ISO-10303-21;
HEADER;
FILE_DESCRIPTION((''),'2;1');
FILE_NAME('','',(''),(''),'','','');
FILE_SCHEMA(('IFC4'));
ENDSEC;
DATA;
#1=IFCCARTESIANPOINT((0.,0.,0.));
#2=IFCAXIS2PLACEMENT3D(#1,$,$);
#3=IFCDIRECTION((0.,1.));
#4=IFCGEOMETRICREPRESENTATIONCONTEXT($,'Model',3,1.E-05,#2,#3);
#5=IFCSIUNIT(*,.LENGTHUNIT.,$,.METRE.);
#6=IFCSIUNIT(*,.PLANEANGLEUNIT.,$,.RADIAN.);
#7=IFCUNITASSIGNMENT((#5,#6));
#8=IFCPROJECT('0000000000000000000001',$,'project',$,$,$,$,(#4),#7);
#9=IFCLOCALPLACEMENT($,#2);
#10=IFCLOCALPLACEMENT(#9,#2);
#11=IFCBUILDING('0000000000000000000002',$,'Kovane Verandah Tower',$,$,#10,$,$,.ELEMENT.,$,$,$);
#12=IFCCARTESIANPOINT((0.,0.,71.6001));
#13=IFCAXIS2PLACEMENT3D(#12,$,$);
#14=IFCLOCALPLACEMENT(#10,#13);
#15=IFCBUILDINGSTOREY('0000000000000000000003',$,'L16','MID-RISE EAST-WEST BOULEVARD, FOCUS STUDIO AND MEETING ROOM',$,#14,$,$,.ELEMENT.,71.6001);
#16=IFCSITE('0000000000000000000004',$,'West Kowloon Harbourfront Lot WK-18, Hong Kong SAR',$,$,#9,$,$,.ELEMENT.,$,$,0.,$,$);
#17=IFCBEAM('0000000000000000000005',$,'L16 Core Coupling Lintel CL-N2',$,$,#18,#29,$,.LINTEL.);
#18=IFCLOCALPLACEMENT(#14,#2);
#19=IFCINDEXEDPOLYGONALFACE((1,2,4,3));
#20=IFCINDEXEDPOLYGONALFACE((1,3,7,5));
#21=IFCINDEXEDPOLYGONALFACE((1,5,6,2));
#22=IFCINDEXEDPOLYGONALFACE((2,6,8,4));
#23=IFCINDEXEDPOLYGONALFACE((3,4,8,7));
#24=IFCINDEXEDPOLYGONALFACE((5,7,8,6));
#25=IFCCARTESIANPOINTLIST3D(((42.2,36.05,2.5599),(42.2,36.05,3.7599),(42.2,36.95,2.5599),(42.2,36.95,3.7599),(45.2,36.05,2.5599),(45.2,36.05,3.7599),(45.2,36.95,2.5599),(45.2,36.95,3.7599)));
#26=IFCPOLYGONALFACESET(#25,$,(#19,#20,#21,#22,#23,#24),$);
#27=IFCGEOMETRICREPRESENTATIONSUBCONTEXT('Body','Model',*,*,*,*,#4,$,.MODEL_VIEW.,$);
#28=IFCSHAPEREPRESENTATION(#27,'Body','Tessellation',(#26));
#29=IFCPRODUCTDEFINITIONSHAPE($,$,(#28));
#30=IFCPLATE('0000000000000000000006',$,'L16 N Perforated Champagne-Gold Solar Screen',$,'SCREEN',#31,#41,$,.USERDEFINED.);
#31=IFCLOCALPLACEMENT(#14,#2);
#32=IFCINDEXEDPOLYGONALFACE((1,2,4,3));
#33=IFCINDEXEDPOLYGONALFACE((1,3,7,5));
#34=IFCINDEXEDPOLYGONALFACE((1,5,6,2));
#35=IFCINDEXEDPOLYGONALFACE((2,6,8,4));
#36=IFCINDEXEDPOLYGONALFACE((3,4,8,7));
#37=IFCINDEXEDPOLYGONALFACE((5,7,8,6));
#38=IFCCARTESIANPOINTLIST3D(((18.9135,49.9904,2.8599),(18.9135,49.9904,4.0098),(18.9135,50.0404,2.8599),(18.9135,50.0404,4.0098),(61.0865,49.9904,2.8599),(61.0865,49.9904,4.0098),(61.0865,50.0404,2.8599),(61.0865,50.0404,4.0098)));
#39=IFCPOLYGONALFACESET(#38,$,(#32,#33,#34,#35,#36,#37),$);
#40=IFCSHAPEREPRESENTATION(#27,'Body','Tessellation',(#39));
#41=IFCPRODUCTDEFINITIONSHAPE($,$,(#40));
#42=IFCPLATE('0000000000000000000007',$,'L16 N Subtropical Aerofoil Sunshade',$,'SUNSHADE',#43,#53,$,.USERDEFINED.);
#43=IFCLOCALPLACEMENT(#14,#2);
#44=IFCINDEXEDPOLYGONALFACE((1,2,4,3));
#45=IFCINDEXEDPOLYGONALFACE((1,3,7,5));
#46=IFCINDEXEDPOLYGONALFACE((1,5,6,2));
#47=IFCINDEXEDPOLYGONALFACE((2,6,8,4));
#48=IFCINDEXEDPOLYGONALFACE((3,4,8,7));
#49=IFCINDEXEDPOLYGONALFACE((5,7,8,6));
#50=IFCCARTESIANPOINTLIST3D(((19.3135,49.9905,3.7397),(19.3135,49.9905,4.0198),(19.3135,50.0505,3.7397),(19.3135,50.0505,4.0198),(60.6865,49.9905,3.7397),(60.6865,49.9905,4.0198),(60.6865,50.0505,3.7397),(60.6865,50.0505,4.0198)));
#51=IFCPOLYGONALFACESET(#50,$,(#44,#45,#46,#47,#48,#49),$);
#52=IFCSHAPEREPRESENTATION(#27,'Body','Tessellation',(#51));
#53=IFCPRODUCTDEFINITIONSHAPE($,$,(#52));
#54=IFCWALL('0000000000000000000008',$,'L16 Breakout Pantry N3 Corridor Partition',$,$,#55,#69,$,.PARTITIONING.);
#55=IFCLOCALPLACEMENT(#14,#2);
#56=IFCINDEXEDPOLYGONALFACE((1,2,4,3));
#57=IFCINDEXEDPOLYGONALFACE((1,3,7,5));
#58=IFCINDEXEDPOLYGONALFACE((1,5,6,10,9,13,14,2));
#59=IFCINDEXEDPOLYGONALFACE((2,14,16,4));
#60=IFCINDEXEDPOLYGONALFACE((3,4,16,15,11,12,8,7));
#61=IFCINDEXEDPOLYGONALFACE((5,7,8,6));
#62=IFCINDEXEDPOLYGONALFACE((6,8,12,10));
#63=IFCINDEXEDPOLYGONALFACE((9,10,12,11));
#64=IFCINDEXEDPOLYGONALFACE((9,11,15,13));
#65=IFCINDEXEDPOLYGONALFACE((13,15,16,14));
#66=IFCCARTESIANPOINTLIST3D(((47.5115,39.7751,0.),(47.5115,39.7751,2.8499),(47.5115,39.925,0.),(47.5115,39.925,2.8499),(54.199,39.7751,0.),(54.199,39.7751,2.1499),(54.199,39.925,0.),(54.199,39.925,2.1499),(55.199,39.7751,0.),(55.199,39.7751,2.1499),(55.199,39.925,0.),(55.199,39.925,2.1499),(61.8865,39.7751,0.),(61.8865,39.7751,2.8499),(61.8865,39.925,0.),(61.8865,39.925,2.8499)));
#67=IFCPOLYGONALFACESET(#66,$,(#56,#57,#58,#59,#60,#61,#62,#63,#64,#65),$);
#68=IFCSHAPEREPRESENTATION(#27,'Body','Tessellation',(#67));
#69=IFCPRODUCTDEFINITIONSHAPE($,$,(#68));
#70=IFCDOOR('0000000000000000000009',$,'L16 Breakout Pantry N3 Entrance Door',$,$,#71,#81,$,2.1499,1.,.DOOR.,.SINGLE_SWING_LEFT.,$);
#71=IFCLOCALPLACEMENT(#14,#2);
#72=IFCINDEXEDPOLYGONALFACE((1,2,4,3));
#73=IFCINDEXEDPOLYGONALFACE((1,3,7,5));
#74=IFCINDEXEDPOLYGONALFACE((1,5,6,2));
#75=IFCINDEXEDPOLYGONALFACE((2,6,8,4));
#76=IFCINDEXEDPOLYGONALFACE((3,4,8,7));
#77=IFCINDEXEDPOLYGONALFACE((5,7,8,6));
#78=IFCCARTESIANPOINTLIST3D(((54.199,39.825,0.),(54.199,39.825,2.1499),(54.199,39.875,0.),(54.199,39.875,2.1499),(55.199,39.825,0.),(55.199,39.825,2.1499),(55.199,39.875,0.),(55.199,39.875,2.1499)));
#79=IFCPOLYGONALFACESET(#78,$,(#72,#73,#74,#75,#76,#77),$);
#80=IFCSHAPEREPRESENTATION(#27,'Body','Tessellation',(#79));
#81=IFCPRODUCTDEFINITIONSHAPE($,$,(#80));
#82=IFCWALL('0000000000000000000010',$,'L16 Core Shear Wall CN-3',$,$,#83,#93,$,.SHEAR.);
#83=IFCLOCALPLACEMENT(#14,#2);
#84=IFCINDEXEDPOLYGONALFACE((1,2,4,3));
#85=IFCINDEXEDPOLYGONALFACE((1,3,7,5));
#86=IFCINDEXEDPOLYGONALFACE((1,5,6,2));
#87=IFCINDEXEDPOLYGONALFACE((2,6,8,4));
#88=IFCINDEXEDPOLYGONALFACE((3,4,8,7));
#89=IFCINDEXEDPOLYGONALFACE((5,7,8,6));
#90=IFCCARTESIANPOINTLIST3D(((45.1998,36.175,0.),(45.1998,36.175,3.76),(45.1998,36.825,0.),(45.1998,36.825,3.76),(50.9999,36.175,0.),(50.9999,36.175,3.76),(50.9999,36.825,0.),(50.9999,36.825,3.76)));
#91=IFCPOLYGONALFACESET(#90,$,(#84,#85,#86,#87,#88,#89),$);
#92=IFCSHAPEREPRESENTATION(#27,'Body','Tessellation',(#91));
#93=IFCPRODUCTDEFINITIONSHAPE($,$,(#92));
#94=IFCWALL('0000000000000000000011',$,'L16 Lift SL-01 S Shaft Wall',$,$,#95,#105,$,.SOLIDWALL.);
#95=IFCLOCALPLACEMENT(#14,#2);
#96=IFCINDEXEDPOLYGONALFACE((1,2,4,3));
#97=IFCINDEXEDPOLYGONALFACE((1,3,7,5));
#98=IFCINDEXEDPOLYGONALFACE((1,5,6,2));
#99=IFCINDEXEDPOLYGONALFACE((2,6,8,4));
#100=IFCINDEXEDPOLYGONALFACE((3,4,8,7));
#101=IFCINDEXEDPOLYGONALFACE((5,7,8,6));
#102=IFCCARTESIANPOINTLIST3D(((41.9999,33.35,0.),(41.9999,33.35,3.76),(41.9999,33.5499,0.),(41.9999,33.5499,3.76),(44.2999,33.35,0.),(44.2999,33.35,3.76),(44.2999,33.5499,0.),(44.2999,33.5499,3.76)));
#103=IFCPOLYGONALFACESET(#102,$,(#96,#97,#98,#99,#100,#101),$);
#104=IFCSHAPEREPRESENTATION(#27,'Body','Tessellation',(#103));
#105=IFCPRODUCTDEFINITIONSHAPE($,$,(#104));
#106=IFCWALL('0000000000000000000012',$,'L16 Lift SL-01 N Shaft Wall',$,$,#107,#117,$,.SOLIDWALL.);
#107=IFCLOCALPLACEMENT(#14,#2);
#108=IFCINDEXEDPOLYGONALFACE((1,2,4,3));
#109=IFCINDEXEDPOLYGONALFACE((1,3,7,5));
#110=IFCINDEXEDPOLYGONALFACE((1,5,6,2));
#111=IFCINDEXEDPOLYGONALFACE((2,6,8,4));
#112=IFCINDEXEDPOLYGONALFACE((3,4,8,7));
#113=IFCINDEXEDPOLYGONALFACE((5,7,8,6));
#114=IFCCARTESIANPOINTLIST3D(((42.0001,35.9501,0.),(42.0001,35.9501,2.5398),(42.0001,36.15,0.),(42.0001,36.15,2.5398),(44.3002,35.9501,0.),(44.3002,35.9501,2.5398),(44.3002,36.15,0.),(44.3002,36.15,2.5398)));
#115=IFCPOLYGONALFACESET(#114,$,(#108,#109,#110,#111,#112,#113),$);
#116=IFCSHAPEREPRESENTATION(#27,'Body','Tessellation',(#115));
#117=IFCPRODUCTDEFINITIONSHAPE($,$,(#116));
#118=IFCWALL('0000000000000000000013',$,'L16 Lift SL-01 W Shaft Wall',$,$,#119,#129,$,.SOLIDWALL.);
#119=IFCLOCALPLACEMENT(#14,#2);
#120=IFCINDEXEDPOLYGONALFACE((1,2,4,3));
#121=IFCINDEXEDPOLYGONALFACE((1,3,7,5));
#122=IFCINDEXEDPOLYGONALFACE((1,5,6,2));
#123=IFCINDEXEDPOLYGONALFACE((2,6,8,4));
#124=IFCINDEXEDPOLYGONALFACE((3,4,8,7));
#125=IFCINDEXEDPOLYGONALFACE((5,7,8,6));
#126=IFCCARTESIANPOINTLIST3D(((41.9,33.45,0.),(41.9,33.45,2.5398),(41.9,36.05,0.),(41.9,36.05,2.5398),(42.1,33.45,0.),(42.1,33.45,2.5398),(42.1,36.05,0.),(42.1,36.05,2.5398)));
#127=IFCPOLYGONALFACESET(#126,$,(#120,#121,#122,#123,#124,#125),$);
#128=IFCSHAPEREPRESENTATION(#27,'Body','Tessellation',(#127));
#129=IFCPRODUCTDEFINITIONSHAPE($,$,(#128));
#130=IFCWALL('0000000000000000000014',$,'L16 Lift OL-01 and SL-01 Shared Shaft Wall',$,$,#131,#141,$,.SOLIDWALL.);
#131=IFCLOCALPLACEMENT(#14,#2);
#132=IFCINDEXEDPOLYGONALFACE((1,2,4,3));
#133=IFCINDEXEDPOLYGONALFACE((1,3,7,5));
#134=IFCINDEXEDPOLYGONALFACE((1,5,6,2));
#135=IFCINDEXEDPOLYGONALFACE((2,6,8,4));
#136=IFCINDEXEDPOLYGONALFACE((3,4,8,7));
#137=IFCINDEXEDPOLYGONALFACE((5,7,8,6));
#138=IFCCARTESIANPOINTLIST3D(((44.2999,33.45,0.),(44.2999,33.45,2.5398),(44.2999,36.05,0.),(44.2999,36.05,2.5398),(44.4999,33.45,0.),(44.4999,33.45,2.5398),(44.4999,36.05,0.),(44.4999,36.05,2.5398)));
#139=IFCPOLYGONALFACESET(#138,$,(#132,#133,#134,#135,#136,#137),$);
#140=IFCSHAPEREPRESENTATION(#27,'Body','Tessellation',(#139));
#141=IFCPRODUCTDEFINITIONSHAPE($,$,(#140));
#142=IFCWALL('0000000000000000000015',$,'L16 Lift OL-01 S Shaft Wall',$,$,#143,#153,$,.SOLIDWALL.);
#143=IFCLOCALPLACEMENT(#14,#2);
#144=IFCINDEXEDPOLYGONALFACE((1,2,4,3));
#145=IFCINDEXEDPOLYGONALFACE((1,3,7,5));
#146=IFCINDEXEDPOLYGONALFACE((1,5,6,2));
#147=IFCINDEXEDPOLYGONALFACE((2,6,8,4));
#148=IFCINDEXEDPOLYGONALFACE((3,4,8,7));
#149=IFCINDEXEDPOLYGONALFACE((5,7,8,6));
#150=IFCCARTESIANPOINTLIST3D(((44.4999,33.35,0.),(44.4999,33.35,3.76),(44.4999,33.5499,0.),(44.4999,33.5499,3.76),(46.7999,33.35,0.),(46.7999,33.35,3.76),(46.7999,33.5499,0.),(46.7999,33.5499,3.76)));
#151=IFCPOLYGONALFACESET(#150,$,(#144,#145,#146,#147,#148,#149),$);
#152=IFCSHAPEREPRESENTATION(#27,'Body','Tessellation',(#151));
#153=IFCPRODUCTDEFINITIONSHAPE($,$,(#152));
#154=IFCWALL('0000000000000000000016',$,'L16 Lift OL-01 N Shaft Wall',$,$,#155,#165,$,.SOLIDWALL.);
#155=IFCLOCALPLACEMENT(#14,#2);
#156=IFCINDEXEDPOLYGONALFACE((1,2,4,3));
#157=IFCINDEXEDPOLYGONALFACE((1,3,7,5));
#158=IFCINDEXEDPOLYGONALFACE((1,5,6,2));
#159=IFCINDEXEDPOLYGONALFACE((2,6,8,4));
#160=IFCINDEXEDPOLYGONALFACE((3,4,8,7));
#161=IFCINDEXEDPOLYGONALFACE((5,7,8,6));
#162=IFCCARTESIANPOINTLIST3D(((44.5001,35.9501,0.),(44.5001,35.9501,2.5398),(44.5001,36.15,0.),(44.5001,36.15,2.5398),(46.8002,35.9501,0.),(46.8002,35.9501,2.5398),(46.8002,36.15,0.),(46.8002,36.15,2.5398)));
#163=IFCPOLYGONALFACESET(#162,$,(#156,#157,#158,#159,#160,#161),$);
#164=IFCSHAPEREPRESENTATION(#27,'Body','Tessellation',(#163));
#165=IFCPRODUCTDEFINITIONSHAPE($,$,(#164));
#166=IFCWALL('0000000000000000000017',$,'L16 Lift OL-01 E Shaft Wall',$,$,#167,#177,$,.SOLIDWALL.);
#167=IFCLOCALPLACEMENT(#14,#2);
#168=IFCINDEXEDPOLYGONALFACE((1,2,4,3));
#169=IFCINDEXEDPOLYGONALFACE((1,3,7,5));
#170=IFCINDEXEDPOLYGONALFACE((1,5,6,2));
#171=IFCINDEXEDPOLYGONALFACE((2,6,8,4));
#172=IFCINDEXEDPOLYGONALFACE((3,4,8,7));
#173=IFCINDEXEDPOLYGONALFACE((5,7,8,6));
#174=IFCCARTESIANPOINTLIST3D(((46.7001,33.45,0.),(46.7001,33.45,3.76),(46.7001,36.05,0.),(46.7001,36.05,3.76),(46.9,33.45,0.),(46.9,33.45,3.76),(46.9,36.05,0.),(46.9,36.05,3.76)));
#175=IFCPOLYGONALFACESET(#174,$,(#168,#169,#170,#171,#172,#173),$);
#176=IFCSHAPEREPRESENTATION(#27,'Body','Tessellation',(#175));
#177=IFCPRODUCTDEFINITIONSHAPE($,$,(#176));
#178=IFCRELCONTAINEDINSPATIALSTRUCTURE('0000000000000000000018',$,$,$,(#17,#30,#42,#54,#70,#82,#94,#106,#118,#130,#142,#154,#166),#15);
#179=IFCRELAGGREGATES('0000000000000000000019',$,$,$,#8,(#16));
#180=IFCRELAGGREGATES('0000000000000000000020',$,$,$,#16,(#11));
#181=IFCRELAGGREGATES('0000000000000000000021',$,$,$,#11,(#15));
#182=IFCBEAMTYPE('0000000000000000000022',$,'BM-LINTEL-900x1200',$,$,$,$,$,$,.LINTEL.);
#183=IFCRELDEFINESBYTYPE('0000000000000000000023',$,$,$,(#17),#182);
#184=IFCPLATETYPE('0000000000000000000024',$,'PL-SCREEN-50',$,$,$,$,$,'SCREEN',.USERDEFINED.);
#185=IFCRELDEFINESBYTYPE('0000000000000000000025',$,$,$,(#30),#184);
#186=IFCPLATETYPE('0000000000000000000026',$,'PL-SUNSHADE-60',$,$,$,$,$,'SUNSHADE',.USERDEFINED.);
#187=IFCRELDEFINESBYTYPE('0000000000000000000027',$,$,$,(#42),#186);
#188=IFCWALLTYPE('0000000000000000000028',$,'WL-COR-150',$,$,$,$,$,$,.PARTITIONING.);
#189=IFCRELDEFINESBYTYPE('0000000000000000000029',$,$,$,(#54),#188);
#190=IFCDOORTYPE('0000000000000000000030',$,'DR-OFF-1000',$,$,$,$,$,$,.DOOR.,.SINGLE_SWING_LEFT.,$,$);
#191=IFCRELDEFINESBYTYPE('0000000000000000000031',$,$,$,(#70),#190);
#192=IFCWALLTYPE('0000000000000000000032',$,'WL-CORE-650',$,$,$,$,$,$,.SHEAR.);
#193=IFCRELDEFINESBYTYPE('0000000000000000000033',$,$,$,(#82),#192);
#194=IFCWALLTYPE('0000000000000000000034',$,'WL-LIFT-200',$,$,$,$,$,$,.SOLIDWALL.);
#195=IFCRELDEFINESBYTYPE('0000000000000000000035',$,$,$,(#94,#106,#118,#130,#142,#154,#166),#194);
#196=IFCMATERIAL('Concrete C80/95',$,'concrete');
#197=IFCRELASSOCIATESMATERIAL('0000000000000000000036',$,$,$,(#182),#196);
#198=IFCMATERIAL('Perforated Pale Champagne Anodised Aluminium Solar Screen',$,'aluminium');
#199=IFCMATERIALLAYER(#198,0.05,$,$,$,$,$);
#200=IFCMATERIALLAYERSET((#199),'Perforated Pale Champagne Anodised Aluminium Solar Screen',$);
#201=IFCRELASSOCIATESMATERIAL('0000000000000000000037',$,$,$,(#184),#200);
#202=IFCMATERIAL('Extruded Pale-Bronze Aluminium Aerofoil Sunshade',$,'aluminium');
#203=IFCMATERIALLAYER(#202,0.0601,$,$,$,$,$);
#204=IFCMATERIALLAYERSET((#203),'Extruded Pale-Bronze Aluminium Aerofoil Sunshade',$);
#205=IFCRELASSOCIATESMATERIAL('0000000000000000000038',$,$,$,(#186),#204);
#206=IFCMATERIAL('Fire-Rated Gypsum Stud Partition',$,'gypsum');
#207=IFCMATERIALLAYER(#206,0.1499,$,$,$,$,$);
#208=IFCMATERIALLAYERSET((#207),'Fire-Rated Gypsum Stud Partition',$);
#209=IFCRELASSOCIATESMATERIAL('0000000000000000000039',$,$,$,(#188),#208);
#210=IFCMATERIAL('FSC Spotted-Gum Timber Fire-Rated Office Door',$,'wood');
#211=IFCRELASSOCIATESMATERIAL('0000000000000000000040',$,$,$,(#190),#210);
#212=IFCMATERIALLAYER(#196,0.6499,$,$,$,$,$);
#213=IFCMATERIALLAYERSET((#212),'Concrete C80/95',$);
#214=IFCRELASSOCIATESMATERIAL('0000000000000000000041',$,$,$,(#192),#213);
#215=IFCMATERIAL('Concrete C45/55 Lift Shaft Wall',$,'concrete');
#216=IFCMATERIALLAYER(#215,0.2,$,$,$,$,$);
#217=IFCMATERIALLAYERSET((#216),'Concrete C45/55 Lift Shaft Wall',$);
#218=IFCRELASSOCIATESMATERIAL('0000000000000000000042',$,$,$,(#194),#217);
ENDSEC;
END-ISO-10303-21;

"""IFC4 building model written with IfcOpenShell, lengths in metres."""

from ifc_helpers import new_model, si_unit, direction, frame, frame_2d, origin, origin_2d, place, context, subcontext, project, spatial, rectangle, extrude, material, layer, layer_set, material_profile, profile_set, type_object, element, fill, save


model = new_model("IFC4")

# Units and contexts
model_context = context("Model", 3, precision=1e-05, world=origin(), true_north=direction((0.0, 1.0)))
body_context = subcontext(model_context, "Body", "Model", "MODEL_VIEW")
ifc_project = project(units=[si_unit("LENGTHUNIT", "METRE"), si_unit("PLANEANGLEUNIT", "RADIAN")], contexts=[model_context])

# Site, building, storey
site_placement = place(None, origin())
site = spatial("IfcSite", under=ifc_project, at=site_placement, Name="West Kowloon Harbourfront Lot WK-18, Hong Kong SAR", CompositionType="ELEMENT", RefElevation=0.0)
building_placement = place(site_placement, origin())
building = spatial("IfcBuilding", under=site, at=building_placement, Name="Kovane Verandah Tower", CompositionType="ELEMENT")
storey_placement = place(building_placement, frame((0.0, 0.0, 71.6001)))
storey = spatial("IfcBuildingStorey", under=building, at=storey_placement, Name="L16", Description="MID-RISE EAST-WEST BOULEVARD, FOCUS STUDIO AND MEETING ROOM", CompositionType="ELEMENT", Elevation=71.6001)

# Beam
ifc_material_1 = material(Name="Concrete C80/95", Category="concrete")
ifc_material_profile = material_profile(ifc_material_1, rectangle(XDim=0.8999, YDim=1.2, at=origin_2d()), Name="RCB900x1200")
ifc_profile_set = profile_set([ifc_material_profile], Name="Concrete C80/95")
beam_type = type_object("IfcBeamType", Name="BM-LINTEL-900x1200", PredefinedType="LINTEL", material=ifc_profile_set)
beam_placement = place(storey_placement, frame((42.2, 36.5, 3.1599), z_axis=(1.0, 0.0, 0.0), x_axis=(0.0, 1.0, 0.0)))
element("IfcBeam", 1, at=beam_placement, inside=storey, type_object=beam_type, Name="L16 Core Coupling Lintel CL-N2", PredefinedType="LINTEL", context=body_context, shape_type="SweptSolid", body=[
    extrude(rectangle(XDim=0.8999, YDim=1.2, at=origin_2d()), origin(), (0.0, 0.0, 1.0), 3.0),
])

# Plates
ifc_material_2 = material(Name="Perforated Pale Champagne Anodised Aluminium Solar Screen", Category="aluminium")
ifc_layer_1 = layer(ifc_material_2, 0.05)
ifc_layer_set_1 = layer_set([ifc_layer_1], Name="Perforated Pale Champagne Anodised Aluminium Solar Screen")
plate_type_1 = type_object("IfcPlateType", Name="PL-SCREEN-50", ElementType="SCREEN", PredefinedType="USERDEFINED", material=ifc_layer_set_1)
plate_1_placement = place(storey_placement, frame((40.0, 50.0154, 2.8599), z_axis=(0.0, 0.0, 1.0), x_axis=(-1.0, 0.0, 0.0)))
element("IfcPlate", 2, at=plate_1_placement, inside=storey, type_object=plate_type_1, Name="L16 N Perforated Champagne-Gold Solar Screen", ObjectType="SCREEN", PredefinedType="USERDEFINED", context=body_context, shape_type="SweptSolid", body=[
    extrude(rectangle(XDim=42.1731, YDim=0.05, at=origin_2d()), origin(), (0.0, 0.0, 1.0), 1.1499),
])
ifc_material_3 = material(Name="Extruded Pale-Bronze Aluminium Aerofoil Sunshade", Category="aluminium")
ifc_layer_2 = layer(ifc_material_3, 0.0601)
ifc_layer_set_2 = layer_set([ifc_layer_2], Name="Extruded Pale-Bronze Aluminium Aerofoil Sunshade")
plate_type_2 = type_object("IfcPlateType", Name="PL-SUNSHADE-60", ElementType="SUNSHADE", PredefinedType="USERDEFINED", material=ifc_layer_set_2)
plate_2_placement = place(storey_placement, frame((40.0, 50.0205, 3.7397), z_axis=(0.0, 0.0, 1.0), x_axis=(-1.0, 0.0, 0.0)))
element("IfcPlate", 3, at=plate_2_placement, inside=storey, type_object=plate_type_2, Name="L16 N Subtropical Aerofoil Sunshade", ObjectType="SUNSHADE", PredefinedType="USERDEFINED", context=body_context, shape_type="SweptSolid", body=[
    extrude(rectangle(XDim=41.373, YDim=0.0601, at=origin_2d()), origin(), (0.0, 0.0, 1.0), 0.28),
])

# Wall, opening, door
ifc_material_4 = material(Name="Fire-Rated Gypsum Stud Partition", Category="gypsum")
ifc_layer_3 = layer(ifc_material_4, 0.1499)
ifc_layer_set_3 = layer_set([ifc_layer_3], Name="Fire-Rated Gypsum Stud Partition")
wall_type_1 = type_object("IfcWallType", Name="WL-COR-150", PredefinedType="PARTITIONING", material=ifc_layer_set_3)
wall_1_placement = place(storey_placement, frame((47.5115, 39.8501, 0.0), z_axis=(0.0, 0.0, 1.0), x_axis=(1.0, 0.0, 0.0)))
wall_1 = element("IfcWall", 4, at=wall_1_placement, inside=storey, type_object=wall_type_1, Name="L16 Breakout Pantry N3 Corridor Partition", PredefinedType="PARTITIONING", context=body_context, shape_type="SweptSolid", body=[
    extrude(rectangle(XDim=14.375, YDim=0.1499, at=frame_2d((7.1875, 0.0))), origin(), (0.0, 0.0, 1.0), 2.8499),
])
opening_1_placement = place(wall_1_placement, frame((6.6875, 0.0, 0.0)))
opening_1 = element("IfcOpeningElement", 5, at=opening_1_placement, cuts=wall_1, PredefinedType="OPENING", context=body_context, shape_type="SweptSolid", body=[
    extrude(rectangle(XDim=1.0, YDim=2.1499, at=frame_2d((0.5, 1.075))), frame((0.0, 0.075, 0.0), z_axis=(0.0, -1.0, 0.0), x_axis=(1.0, 0.0, 0.0)), (0.0, 0.0, 1.0), 0.1499),
])
ifc_material_5 = material(Name="FSC Spotted-Gum Timber Fire-Rated Office Door", Category="wood")
door_type_1 = type_object("IfcDoorType", Name="DR-OFF-1000", OperationType="SINGLE_SWING_LEFT", PredefinedType="DOOR", material=ifc_material_5)
door_1_placement = place(opening_1_placement, origin())
door_1 = element("IfcDoor", 6, at=door_1_placement, inside=storey, type_object=door_type_1, Name="L16 Breakout Pantry N3 Entrance Door", OperationType="SINGLE_SWING_LEFT", OverallHeight=2.1499, OverallWidth=1.0, PredefinedType="DOOR", context=body_context, shape_type="SweptSolid", body=[
    extrude(rectangle(XDim=1.0, YDim=2.1499, at=frame_2d((0.5, 1.075))), frame((0.0, 0.0249, 0.0), z_axis=(0.0, -1.0, 0.0), x_axis=(1.0, 0.0, 0.0)), (0.0, 0.0, 1.0), 0.05),
])
fill(opening_1, door_1)
ifc_layer_4 = layer(ifc_material_1, 0.6499)
ifc_layer_set_4 = layer_set([ifc_layer_4], Name="Concrete C80/95")
wall_type_2 = type_object("IfcWallType", Name="WL-CORE-650", PredefinedType="SHEAR", material=ifc_layer_set_4)

# Walls
wall_2_placement = place(storey_placement, frame((45.2, 36.5, 0.0), z_axis=(0.0, 0.0, 1.0), x_axis=(1.0, 0.0, 0.0)))
element("IfcWall", 7, at=wall_2_placement, inside=storey, type_object=wall_type_2, Name="L16 Core Shear Wall CN-3", PredefinedType="SHEAR", context=body_context, shape_type="SweptSolid", body=[
    extrude(rectangle(XDim=5.8, YDim=0.6499, at=frame_2d((2.8999, 0.0))), origin(), (0.0, 0.0, 1.0), 3.76),
])
ifc_material_6 = material(Name="Concrete C45/55 Lift Shaft Wall", Category="concrete")
ifc_layer_5 = layer(ifc_material_6, 0.2)
ifc_layer_set_5 = layer_set([ifc_layer_5], Name="Concrete C45/55 Lift Shaft Wall")
wall_type_3 = type_object("IfcWallType", Name="WL-LIFT-200", PredefinedType="SOLIDWALL", material=ifc_layer_set_5)
wall_3_placement = place(storey_placement, frame((42.0, 33.45, 0.0), z_axis=(0.0, 0.0, 1.0), x_axis=(1.0, 0.0, 0.0)))
element("IfcWall", 8, at=wall_3_placement, inside=storey, type_object=wall_type_3, Name="L16 Lift SL-01 S Shaft Wall", PredefinedType="SOLIDWALL", context=body_context, shape_type="SweptSolid", body=[
    extrude(rectangle(XDim=2.3, YDim=0.2, at=frame_2d((1.1499, 0.0))), origin(), (0.0, 0.0, 1.0), 3.76),
])
wall_4_placement = place(storey_placement, frame((44.3, 36.05, 0.0), z_axis=(0.0, 0.0, 1.0), x_axis=(-1.0, 0.0, 0.0)))
element("IfcWall", 9, at=wall_4_placement, inside=storey, type_object=wall_type_3, Name="L16 Lift SL-01 N Shaft Wall", PredefinedType="SOLIDWALL", context=body_context, shape_type="SweptSolid", body=[
    extrude(rectangle(XDim=2.3, YDim=0.2, at=frame_2d((1.1499, 0.0))), origin(), (0.0, 0.0, 1.0), 2.5398),
])
for number, where, z_axis, x_axis, name in (
    (10, (42.0, 36.05, 0.0), (0.0, 0.0, 1.0), (0.0, -1.0, 0.0), "L16 Lift SL-01 W Shaft Wall"),
    (11, (44.3999, 33.45, 0.0), (0.0, 0.0, 1.0), (0.0, 1.0, 0.0), "L16 Lift OL-01 and SL-01 Shared Shaft Wall"),
):
    element("IfcWall", number, at=place(storey_placement, frame(where, z_axis=z_axis, x_axis=x_axis)), inside=storey, type_object=wall_type_3, Name=name, PredefinedType="SOLIDWALL", context=body_context, shape_type="SweptSolid", body=[
        extrude(rectangle(XDim=2.6001, YDim=0.2, at=frame_2d((1.3, 0.0))), origin(), (0.0, 0.0, 1.0), 2.5398),
    ])
wall_5_placement = place(storey_placement, frame((44.5, 33.45, 0.0), z_axis=(0.0, 0.0, 1.0), x_axis=(1.0, 0.0, 0.0)))
element("IfcWall", 12, at=wall_5_placement, inside=storey, type_object=wall_type_3, Name="L16 Lift OL-01 S Shaft Wall", PredefinedType="SOLIDWALL", context=body_context, shape_type="SweptSolid", body=[
    extrude(rectangle(XDim=2.3, YDim=0.2, at=frame_2d((1.1499, 0.0))), origin(), (0.0, 0.0, 1.0), 3.76),
])
wall_6_placement = place(storey_placement, frame((46.8, 36.05, 0.0), z_axis=(0.0, 0.0, 1.0), x_axis=(-1.0, 0.0, 0.0)))
element("IfcWall", 13, at=wall_6_placement, inside=storey, type_object=wall_type_3, Name="L16 Lift OL-01 N Shaft Wall", PredefinedType="SOLIDWALL", context=body_context, shape_type="SweptSolid", body=[
    extrude(rectangle(XDim=2.3, YDim=0.2, at=frame_2d((1.1499, 0.0))), origin(), (0.0, 0.0, 1.0), 2.5398),
])
wall_7_placement = place(storey_placement, frame((46.8, 33.45, 0.0), z_axis=(0.0, 0.0, 1.0), x_axis=(0.0, 1.0, 0.0)))
element("IfcWall", 14, at=wall_7_placement, inside=storey, type_object=wall_type_3, Name="L16 Lift OL-01 E Shaft Wall", PredefinedType="SOLIDWALL", context=body_context, shape_type="SweptSolid", body=[
    extrude(rectangle(XDim=2.6001, YDim=0.2, at=frame_2d((1.3, 0.0))), origin(), (0.0, 0.0, 1.0), 3.76),
])

save(model, "model.ifc")
